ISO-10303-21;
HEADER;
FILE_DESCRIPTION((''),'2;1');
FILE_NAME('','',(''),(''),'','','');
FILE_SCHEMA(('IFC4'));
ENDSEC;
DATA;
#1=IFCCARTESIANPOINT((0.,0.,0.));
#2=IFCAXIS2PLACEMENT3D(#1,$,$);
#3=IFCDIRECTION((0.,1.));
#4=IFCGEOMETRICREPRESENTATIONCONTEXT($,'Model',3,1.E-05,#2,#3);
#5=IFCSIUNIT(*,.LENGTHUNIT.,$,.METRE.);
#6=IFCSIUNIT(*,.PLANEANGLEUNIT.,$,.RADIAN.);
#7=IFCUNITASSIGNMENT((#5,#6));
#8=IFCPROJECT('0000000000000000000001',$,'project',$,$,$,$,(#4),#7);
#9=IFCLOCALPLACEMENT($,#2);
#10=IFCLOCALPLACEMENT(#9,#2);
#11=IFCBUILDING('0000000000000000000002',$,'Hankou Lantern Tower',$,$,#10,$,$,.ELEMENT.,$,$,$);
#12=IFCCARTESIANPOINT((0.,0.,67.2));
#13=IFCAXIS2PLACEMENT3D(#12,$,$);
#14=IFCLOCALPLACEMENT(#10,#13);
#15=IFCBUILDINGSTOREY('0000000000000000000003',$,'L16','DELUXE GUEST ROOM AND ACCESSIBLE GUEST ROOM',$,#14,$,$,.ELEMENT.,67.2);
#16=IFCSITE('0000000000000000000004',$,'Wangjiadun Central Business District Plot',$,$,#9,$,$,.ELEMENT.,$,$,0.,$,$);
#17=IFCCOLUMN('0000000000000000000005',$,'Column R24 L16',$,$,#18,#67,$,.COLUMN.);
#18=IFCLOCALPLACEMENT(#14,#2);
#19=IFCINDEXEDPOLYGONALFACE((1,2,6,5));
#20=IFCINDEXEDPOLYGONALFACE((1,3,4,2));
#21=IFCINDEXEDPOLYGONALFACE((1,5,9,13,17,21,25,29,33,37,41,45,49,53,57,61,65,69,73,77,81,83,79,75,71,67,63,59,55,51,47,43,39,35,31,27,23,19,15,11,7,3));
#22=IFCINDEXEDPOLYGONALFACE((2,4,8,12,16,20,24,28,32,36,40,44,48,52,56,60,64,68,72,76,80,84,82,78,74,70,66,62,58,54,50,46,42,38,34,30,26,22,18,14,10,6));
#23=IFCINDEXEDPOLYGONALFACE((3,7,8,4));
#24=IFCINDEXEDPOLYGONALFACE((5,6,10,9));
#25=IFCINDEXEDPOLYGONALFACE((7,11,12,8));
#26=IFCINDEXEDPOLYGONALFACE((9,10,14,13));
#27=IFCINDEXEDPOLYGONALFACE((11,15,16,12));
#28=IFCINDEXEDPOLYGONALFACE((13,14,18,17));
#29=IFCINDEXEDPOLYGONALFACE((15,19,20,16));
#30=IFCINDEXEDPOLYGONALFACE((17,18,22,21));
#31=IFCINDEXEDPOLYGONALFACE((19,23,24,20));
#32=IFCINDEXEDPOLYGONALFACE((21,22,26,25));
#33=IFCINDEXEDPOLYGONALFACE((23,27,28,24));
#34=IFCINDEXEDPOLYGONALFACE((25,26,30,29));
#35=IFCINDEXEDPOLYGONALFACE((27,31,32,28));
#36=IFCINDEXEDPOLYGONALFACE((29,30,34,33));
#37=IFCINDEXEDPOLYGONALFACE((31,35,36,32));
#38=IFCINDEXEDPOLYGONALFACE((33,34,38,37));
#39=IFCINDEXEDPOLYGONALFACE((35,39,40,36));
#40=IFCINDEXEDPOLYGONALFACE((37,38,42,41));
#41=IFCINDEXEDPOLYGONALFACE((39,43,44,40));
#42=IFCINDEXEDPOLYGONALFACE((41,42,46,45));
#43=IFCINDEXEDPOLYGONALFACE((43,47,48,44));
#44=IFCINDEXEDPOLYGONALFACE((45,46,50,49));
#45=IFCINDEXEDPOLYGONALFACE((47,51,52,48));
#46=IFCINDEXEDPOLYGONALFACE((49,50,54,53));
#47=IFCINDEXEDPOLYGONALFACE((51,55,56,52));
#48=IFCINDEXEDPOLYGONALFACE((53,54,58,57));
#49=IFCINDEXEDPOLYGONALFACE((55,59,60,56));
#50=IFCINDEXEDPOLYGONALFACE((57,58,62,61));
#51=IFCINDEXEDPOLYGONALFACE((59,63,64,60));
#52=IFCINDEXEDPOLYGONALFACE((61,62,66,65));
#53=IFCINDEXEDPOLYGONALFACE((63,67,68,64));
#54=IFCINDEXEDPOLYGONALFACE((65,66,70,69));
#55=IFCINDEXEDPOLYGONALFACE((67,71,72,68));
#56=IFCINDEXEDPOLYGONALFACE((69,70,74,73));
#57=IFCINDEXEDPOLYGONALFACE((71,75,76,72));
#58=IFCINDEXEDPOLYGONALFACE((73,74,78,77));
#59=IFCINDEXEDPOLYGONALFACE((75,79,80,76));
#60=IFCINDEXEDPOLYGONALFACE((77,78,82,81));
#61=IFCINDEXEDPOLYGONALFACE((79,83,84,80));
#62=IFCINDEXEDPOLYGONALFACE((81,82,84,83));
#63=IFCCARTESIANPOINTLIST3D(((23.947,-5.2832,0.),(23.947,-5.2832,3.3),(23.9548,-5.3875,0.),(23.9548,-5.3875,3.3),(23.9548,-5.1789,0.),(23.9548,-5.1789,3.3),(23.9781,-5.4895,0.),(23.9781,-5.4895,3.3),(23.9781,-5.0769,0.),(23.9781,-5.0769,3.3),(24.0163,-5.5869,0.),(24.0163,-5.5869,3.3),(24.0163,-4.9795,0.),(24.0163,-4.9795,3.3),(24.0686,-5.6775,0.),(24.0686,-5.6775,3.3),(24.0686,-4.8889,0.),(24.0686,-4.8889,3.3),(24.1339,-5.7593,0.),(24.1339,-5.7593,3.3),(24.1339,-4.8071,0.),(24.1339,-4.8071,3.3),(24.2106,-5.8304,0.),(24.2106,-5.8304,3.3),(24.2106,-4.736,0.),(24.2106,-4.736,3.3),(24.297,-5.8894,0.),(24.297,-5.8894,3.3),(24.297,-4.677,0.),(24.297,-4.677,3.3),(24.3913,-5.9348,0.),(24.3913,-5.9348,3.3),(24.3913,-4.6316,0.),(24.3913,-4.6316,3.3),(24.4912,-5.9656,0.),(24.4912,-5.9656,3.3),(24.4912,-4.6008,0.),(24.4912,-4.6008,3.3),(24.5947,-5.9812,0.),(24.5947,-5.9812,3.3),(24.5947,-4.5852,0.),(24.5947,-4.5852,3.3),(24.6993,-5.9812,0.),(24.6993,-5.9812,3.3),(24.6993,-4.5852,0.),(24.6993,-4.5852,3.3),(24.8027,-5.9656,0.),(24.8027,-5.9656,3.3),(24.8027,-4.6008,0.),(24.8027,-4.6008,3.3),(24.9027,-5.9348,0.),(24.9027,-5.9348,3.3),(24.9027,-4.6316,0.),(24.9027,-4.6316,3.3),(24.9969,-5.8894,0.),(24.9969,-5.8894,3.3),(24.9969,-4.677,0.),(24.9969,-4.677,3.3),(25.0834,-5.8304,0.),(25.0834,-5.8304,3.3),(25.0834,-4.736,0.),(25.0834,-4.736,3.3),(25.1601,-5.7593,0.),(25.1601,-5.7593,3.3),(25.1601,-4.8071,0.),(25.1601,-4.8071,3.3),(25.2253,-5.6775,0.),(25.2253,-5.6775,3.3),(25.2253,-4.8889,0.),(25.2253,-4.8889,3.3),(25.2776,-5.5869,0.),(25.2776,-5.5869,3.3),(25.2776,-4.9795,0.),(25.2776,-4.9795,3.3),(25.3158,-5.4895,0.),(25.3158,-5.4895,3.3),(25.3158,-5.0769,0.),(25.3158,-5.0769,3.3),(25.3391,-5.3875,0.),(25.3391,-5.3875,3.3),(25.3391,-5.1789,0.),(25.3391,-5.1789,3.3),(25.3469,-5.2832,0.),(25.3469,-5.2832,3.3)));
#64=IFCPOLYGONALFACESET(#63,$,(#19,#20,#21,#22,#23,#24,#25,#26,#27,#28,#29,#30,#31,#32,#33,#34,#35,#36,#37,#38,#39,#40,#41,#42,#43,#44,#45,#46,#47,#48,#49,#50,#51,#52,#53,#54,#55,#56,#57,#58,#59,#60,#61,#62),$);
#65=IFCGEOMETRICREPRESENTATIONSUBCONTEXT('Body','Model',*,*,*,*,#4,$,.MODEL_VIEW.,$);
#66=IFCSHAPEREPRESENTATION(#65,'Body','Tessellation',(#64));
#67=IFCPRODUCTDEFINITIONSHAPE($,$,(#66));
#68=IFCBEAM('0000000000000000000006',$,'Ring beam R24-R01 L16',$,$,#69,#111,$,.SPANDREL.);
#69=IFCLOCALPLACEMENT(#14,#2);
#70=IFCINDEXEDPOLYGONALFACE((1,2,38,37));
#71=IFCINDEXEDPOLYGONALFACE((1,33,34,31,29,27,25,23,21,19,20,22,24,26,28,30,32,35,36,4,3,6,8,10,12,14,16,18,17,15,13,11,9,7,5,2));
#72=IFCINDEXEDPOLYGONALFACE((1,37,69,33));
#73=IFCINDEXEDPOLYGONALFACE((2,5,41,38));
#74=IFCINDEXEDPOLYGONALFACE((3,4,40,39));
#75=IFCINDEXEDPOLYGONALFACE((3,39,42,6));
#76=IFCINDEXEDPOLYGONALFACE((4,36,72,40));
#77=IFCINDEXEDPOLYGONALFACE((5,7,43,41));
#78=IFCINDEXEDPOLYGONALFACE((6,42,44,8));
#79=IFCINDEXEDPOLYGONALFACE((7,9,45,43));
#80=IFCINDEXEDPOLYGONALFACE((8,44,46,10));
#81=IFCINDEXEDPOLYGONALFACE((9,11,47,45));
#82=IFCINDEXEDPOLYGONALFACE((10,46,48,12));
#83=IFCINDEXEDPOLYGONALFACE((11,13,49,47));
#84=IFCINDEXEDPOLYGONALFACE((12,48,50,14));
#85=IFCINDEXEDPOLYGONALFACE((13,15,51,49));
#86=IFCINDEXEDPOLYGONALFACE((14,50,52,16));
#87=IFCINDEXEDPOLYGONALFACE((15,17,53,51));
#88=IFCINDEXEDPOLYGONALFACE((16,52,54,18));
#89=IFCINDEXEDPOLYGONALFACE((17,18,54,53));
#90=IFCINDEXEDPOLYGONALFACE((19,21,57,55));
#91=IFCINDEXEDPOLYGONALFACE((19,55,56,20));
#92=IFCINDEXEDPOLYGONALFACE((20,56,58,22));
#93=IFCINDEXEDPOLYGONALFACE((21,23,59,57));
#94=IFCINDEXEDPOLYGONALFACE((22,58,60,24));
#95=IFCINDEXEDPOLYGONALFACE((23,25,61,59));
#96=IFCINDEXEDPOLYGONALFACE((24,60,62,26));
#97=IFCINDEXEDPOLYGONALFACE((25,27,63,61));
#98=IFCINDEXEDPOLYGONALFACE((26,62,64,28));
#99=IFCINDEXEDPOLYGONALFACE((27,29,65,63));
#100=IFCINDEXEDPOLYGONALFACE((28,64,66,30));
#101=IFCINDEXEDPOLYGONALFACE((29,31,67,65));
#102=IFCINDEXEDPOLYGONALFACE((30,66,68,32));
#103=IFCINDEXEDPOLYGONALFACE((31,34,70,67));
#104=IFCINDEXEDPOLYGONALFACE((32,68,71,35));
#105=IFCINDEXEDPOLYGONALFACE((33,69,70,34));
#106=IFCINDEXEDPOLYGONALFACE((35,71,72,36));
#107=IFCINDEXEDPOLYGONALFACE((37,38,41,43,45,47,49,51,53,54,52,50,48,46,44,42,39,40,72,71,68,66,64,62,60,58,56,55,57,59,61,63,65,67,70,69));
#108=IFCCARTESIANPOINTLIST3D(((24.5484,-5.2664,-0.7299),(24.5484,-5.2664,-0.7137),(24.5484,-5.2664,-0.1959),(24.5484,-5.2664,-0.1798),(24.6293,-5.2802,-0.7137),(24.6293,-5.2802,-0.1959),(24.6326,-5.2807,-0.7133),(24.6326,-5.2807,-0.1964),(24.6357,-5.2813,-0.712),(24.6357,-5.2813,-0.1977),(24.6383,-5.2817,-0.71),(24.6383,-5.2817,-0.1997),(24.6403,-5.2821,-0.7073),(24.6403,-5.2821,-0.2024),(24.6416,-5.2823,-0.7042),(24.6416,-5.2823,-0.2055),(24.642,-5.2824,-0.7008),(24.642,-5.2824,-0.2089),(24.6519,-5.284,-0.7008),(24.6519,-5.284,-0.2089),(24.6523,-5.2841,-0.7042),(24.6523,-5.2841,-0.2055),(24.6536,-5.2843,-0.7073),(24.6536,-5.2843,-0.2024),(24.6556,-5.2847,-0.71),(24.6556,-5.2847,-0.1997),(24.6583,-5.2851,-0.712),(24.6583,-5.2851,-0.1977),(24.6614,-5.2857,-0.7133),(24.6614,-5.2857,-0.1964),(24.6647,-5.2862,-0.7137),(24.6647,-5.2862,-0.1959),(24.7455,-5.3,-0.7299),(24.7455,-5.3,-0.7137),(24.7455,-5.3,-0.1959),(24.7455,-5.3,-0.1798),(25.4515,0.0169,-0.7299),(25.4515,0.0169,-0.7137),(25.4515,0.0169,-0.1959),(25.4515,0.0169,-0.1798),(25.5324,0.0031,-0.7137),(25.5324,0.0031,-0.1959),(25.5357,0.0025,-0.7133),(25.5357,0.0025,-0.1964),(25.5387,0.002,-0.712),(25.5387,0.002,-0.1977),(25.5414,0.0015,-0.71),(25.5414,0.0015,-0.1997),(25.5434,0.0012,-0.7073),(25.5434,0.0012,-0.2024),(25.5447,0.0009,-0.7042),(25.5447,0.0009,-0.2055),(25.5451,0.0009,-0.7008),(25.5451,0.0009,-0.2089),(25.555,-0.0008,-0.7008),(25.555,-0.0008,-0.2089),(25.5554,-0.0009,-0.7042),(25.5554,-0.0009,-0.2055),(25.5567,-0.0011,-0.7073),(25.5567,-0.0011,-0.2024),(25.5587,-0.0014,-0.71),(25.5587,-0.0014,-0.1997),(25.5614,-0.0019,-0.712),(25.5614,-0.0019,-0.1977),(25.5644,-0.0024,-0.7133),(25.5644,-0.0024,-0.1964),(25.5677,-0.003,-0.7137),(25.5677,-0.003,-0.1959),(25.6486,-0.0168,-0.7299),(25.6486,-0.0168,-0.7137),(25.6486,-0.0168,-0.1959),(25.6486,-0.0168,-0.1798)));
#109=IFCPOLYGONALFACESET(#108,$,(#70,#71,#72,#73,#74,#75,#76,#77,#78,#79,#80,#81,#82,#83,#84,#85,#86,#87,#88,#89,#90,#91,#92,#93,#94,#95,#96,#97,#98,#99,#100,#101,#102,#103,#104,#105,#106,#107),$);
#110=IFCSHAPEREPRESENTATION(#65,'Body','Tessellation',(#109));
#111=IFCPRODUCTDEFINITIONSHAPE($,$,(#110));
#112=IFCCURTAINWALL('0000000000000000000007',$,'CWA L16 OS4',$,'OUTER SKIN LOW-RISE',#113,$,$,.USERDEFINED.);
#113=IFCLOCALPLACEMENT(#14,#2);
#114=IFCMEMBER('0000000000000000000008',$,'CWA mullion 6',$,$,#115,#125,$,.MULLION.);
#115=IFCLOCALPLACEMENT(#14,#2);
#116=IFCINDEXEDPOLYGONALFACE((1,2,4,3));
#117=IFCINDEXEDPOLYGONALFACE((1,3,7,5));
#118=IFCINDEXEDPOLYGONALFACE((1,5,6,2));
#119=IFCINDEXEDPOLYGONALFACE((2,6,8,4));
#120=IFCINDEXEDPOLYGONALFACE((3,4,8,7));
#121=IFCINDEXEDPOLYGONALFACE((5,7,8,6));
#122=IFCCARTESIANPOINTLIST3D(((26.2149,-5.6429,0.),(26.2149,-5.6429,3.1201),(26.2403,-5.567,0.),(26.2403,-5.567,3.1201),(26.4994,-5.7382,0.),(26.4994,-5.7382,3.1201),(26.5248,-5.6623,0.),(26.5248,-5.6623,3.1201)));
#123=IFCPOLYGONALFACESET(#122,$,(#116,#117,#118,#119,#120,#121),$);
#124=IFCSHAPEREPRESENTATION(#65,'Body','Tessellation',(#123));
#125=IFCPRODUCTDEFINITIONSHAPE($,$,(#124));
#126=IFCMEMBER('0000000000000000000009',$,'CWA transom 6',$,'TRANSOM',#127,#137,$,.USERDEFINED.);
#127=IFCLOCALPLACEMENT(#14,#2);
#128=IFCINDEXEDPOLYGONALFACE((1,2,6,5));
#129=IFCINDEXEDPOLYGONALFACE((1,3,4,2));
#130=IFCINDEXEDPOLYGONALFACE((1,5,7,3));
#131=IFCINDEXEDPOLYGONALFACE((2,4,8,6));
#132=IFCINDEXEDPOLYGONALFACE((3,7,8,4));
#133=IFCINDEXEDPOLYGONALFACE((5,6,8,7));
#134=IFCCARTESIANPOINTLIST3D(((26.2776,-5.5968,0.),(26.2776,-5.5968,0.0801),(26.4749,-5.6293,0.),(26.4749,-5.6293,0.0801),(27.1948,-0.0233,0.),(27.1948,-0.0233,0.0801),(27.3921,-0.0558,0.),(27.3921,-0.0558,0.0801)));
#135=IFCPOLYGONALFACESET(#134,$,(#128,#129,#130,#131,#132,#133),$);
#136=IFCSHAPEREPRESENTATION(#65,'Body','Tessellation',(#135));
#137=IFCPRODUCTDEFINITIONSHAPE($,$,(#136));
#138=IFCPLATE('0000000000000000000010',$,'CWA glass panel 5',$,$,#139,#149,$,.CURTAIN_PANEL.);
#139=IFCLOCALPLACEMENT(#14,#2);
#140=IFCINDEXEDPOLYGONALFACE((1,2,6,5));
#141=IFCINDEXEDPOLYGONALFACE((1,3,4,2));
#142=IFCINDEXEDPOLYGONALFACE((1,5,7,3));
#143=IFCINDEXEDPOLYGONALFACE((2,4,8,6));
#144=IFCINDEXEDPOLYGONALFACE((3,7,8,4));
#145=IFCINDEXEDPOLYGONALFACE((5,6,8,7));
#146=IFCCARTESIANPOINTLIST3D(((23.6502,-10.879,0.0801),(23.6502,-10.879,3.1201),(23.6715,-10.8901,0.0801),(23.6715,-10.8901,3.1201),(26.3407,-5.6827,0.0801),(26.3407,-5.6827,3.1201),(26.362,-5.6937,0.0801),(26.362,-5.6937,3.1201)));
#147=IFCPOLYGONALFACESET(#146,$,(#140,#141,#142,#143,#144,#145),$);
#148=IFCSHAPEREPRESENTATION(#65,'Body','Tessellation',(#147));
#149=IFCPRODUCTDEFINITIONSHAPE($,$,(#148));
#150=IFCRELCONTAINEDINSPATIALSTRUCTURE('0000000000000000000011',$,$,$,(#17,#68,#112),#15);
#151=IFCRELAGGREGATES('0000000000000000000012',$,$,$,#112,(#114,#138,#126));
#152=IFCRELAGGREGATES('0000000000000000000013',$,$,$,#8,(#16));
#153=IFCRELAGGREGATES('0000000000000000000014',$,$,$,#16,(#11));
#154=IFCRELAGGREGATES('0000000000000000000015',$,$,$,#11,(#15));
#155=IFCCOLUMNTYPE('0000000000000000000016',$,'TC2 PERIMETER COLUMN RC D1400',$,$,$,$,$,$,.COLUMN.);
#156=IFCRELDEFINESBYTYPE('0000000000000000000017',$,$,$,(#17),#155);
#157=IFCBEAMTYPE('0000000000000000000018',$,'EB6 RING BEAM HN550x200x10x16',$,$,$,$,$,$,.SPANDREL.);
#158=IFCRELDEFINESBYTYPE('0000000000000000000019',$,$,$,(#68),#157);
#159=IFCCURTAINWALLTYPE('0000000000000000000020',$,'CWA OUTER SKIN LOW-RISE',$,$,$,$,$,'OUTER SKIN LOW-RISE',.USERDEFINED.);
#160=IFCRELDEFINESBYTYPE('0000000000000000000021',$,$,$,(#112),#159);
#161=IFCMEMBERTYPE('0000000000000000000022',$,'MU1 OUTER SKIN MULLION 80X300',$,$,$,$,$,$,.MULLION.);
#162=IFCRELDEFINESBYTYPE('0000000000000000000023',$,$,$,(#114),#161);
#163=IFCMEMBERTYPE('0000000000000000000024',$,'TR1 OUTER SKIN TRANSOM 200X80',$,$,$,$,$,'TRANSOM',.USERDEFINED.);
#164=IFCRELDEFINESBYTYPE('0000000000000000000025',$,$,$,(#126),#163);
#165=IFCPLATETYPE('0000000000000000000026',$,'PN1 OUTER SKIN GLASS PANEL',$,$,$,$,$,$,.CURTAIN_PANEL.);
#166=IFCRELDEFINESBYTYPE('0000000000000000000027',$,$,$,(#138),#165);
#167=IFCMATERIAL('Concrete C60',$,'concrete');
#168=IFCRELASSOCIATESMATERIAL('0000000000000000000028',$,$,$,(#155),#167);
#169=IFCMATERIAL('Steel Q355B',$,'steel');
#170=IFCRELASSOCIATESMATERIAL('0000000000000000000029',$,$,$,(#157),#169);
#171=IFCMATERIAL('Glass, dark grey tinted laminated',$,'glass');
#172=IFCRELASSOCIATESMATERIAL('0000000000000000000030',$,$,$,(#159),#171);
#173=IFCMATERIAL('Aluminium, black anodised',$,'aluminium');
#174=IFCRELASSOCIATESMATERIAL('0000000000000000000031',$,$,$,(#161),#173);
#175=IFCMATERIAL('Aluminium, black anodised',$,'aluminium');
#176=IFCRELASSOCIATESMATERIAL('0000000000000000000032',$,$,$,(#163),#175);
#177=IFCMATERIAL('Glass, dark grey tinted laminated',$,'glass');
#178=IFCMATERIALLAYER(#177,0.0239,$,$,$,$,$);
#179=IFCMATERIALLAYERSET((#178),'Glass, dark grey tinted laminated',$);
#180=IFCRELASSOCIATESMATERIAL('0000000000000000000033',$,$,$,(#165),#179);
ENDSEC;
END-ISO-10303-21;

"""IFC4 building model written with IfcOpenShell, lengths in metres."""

from ifc_helpers import new_model, si_unit, direction, frame, origin, origin_2d, place, context, subcontext, project, spatial, rectangle, circle, i_section, extrude, material, layer, layer_set, material_profile, profile_set, type_object, element, aggregate, save


model = new_model("IFC4")

# Units and contexts
model_context = context("Model", 3, precision=1e-05, world=origin(), true_north=direction((0.0, 1.0)))
body_context = subcontext(model_context, "Body", "Model", "MODEL_VIEW")
ifc_project = project(units=[si_unit("LENGTHUNIT", "METRE"), si_unit("PLANEANGLEUNIT", "RADIAN")], contexts=[model_context])

# Site, building, storey
site_placement = place(None, origin())
site = spatial("IfcSite", under=ifc_project, at=site_placement, Name="Wangjiadun Central Business District Plot", CompositionType="ELEMENT", RefElevation=0.0)
building_placement = place(site_placement, origin())
building = spatial("IfcBuilding", under=site, at=building_placement, Name="Hankou Lantern Tower", CompositionType="ELEMENT")
storey_placement = place(building_placement, frame((0.0, 0.0, 67.2)))
storey = spatial("IfcBuildingStorey", under=building, at=storey_placement, Name="L16", Description="DELUXE GUEST ROOM AND ACCESSIBLE GUEST ROOM", CompositionType="ELEMENT", Elevation=67.2)

# Column
ifc_material_1 = material(Name="Concrete C60", Category="concrete")
ifc_material_profile_1 = material_profile(ifc_material_1, circle(Radius=0.7, at=origin_2d()), Name="RC D1400")
ifc_profile_set_1 = profile_set([ifc_material_profile_1], Name="Concrete C60")
column_type = type_object("IfcColumnType", Name="TC2 PERIMETER COLUMN RC D1400", PredefinedType="COLUMN", material=ifc_profile_set_1)
column_placement = place(storey_placement, frame((24.647, -5.2832, 0.0), z_axis=(0.0, 0.0, 1.0), x_axis=(1.0, 0.0, 0.0)))
element("IfcColumn", 1, at=column_placement, inside=storey, type_object=column_type, Name="Column R24 L16", PredefinedType="COLUMN", context=body_context, shape_type="SweptSolid", body=[
    extrude(circle(Radius=0.7, at=origin_2d()), origin(), (0.0, 0.0, 1.0), 3.3),
])

# Beam
ifc_material_2 = material(Name="Steel Q355B", Category="steel")
ifc_material_profile_2 = material_profile(ifc_material_2, i_section(OverallWidth=0.2, OverallDepth=0.55, WebThickness=0.01, FlangeThickness=0.0161, FilletRadius=0.0129, at=origin_2d()), Name="HN550x200x10x16")
ifc_profile_set_2 = profile_set([ifc_material_profile_2], Name="Steel Q355B")
beam_type = type_object("IfcBeamType", Name="EB6 RING BEAM HN550x200x10x16", PredefinedType="SPANDREL", material=ifc_profile_set_2)
beam_placement = place(storey_placement, frame((24.647, -5.2832, -0.4548), z_axis=(0.16849, 0.985703, 0.0), x_axis=(-0.985703, 0.16849, 0.0)))
element("IfcBeam", 2, at=beam_placement, inside=storey, type_object=beam_type, Name="Ring beam R24-R01 L16", PredefinedType="SPANDREL", context=body_context, shape_type="SweptSolid", body=[
    extrude(i_section(OverallWidth=0.2, OverallDepth=0.55, WebThickness=0.01, FlangeThickness=0.0161, FilletRadius=0.0129, at=origin_2d()), origin(), (0.0, 0.0, 1.0), 5.3599),
])

# Curtain wall, members, plate
ifc_material_3 = material(Name="Glass, dark grey tinted laminated", Category="glass")
curtain_wall_type = type_object("IfcCurtainWallType", Name="CWA OUTER SKIN LOW-RISE", ElementType="OUTER SKIN LOW-RISE", PredefinedType="USERDEFINED", material=ifc_material_3)
curtain_wall_placement = place(storey_placement, origin())
curtain_wall = element("IfcCurtainWall", 3, at=curtain_wall_placement, inside=storey, type_object=curtain_wall_type, Name="CWA L16 OS4", ObjectType="OUTER SKIN LOW-RISE", PredefinedType="USERDEFINED")
ifc_material_4 = material(Name="Aluminium, black anodised", Category="aluminium")
ifc_material_profile_3 = material_profile(ifc_material_4, rectangle(XDim=0.0801, YDim=0.3, at=origin_2d()), Name="MU1 80X300")
ifc_profile_set_3 = profile_set([ifc_material_profile_3], Name="Aluminium, black anodised")
member_type_1 = type_object("IfcMemberType", Name="MU1 OUTER SKIN MULLION 80X300", PredefinedType="MULLION", material=ifc_profile_set_3)
member_1_placement = place(storey_placement, frame((26.3699, -5.6526, 0.0), z_axis=(0.0, 0.0, 1.0), x_axis=(0.317596, 0.948226, 0.0)))
member_1 = element("IfcMember", 4, at=member_1_placement, type_object=member_type_1, Name="CWA mullion 6", PredefinedType="MULLION", context=body_context, shape_type="SweptSolid", body=[
    extrude(rectangle(XDim=0.0801, YDim=0.3, at=origin_2d()), origin(), (0.0, 0.0, 1.0), 3.1201),
])
ifc_material_5 = material(Name="Aluminium, black anodised", Category="aluminium")
ifc_material_profile_4 = material_profile(ifc_material_5, rectangle(XDim=0.2, YDim=0.0801, at=origin_2d()), Name="TR1 200X80")
ifc_profile_set_4 = profile_set([ifc_material_profile_4], Name="Aluminium, black anodised")
member_type_2 = type_object("IfcMemberType", Name="TR1 OUTER SKIN TRANSOM 200X80", ElementType="TRANSOM", PredefinedType="USERDEFINED", material=ifc_profile_set_4)
member_2_placement = place(storey_placement, frame((26.3762, -5.613, 0.04), z_axis=(0.162387, 0.986727, 0.0), x_axis=(-0.986727, 0.162387, 0.0)))
member_2 = element("IfcMember", 5, at=member_2_placement, type_object=member_type_2, Name="CWA transom 6", ObjectType="TRANSOM", PredefinedType="USERDEFINED", context=body_context, shape_type="SweptSolid", body=[
    extrude(rectangle(XDim=0.2, YDim=0.0801, at=origin_2d()), origin(), (0.0, 0.0, 1.0), 5.6484),
])
ifc_material_6 = material(Name="Glass, dark grey tinted laminated", Category="glass")
ifc_layer_1 = layer(ifc_material_6, 0.0239)
ifc_layer_set_1 = layer_set([ifc_layer_1], Name="Glass, dark grey tinted laminated")
plate_type = type_object("IfcPlateType", Name="PN1 OUTER SKIN GLASS PANEL", PredefinedType="CURTAIN_PANEL", material=ifc_layer_set_1)
plate_placement = place(storey_placement, frame((25.0061, -8.2864, 0.0801), z_axis=(0.0, 0.0, 1.0), x_axis=(0.459791, 0.888027, 0.0)))
plate = element("IfcPlate", 6, at=plate_placement, type_object=plate_type, Name="CWA glass panel 5", PredefinedType="CURTAIN_PANEL", context=body_context, shape_type="SweptSolid", body=[
    extrude(rectangle(XDim=5.8516, YDim=0.0239, at=origin_2d()), origin(), (0.0, 0.0, 1.0), 3.04),
])
aggregate(curtain_wall, [member_1, plate, member_2])

save(model, "model.ifc")
